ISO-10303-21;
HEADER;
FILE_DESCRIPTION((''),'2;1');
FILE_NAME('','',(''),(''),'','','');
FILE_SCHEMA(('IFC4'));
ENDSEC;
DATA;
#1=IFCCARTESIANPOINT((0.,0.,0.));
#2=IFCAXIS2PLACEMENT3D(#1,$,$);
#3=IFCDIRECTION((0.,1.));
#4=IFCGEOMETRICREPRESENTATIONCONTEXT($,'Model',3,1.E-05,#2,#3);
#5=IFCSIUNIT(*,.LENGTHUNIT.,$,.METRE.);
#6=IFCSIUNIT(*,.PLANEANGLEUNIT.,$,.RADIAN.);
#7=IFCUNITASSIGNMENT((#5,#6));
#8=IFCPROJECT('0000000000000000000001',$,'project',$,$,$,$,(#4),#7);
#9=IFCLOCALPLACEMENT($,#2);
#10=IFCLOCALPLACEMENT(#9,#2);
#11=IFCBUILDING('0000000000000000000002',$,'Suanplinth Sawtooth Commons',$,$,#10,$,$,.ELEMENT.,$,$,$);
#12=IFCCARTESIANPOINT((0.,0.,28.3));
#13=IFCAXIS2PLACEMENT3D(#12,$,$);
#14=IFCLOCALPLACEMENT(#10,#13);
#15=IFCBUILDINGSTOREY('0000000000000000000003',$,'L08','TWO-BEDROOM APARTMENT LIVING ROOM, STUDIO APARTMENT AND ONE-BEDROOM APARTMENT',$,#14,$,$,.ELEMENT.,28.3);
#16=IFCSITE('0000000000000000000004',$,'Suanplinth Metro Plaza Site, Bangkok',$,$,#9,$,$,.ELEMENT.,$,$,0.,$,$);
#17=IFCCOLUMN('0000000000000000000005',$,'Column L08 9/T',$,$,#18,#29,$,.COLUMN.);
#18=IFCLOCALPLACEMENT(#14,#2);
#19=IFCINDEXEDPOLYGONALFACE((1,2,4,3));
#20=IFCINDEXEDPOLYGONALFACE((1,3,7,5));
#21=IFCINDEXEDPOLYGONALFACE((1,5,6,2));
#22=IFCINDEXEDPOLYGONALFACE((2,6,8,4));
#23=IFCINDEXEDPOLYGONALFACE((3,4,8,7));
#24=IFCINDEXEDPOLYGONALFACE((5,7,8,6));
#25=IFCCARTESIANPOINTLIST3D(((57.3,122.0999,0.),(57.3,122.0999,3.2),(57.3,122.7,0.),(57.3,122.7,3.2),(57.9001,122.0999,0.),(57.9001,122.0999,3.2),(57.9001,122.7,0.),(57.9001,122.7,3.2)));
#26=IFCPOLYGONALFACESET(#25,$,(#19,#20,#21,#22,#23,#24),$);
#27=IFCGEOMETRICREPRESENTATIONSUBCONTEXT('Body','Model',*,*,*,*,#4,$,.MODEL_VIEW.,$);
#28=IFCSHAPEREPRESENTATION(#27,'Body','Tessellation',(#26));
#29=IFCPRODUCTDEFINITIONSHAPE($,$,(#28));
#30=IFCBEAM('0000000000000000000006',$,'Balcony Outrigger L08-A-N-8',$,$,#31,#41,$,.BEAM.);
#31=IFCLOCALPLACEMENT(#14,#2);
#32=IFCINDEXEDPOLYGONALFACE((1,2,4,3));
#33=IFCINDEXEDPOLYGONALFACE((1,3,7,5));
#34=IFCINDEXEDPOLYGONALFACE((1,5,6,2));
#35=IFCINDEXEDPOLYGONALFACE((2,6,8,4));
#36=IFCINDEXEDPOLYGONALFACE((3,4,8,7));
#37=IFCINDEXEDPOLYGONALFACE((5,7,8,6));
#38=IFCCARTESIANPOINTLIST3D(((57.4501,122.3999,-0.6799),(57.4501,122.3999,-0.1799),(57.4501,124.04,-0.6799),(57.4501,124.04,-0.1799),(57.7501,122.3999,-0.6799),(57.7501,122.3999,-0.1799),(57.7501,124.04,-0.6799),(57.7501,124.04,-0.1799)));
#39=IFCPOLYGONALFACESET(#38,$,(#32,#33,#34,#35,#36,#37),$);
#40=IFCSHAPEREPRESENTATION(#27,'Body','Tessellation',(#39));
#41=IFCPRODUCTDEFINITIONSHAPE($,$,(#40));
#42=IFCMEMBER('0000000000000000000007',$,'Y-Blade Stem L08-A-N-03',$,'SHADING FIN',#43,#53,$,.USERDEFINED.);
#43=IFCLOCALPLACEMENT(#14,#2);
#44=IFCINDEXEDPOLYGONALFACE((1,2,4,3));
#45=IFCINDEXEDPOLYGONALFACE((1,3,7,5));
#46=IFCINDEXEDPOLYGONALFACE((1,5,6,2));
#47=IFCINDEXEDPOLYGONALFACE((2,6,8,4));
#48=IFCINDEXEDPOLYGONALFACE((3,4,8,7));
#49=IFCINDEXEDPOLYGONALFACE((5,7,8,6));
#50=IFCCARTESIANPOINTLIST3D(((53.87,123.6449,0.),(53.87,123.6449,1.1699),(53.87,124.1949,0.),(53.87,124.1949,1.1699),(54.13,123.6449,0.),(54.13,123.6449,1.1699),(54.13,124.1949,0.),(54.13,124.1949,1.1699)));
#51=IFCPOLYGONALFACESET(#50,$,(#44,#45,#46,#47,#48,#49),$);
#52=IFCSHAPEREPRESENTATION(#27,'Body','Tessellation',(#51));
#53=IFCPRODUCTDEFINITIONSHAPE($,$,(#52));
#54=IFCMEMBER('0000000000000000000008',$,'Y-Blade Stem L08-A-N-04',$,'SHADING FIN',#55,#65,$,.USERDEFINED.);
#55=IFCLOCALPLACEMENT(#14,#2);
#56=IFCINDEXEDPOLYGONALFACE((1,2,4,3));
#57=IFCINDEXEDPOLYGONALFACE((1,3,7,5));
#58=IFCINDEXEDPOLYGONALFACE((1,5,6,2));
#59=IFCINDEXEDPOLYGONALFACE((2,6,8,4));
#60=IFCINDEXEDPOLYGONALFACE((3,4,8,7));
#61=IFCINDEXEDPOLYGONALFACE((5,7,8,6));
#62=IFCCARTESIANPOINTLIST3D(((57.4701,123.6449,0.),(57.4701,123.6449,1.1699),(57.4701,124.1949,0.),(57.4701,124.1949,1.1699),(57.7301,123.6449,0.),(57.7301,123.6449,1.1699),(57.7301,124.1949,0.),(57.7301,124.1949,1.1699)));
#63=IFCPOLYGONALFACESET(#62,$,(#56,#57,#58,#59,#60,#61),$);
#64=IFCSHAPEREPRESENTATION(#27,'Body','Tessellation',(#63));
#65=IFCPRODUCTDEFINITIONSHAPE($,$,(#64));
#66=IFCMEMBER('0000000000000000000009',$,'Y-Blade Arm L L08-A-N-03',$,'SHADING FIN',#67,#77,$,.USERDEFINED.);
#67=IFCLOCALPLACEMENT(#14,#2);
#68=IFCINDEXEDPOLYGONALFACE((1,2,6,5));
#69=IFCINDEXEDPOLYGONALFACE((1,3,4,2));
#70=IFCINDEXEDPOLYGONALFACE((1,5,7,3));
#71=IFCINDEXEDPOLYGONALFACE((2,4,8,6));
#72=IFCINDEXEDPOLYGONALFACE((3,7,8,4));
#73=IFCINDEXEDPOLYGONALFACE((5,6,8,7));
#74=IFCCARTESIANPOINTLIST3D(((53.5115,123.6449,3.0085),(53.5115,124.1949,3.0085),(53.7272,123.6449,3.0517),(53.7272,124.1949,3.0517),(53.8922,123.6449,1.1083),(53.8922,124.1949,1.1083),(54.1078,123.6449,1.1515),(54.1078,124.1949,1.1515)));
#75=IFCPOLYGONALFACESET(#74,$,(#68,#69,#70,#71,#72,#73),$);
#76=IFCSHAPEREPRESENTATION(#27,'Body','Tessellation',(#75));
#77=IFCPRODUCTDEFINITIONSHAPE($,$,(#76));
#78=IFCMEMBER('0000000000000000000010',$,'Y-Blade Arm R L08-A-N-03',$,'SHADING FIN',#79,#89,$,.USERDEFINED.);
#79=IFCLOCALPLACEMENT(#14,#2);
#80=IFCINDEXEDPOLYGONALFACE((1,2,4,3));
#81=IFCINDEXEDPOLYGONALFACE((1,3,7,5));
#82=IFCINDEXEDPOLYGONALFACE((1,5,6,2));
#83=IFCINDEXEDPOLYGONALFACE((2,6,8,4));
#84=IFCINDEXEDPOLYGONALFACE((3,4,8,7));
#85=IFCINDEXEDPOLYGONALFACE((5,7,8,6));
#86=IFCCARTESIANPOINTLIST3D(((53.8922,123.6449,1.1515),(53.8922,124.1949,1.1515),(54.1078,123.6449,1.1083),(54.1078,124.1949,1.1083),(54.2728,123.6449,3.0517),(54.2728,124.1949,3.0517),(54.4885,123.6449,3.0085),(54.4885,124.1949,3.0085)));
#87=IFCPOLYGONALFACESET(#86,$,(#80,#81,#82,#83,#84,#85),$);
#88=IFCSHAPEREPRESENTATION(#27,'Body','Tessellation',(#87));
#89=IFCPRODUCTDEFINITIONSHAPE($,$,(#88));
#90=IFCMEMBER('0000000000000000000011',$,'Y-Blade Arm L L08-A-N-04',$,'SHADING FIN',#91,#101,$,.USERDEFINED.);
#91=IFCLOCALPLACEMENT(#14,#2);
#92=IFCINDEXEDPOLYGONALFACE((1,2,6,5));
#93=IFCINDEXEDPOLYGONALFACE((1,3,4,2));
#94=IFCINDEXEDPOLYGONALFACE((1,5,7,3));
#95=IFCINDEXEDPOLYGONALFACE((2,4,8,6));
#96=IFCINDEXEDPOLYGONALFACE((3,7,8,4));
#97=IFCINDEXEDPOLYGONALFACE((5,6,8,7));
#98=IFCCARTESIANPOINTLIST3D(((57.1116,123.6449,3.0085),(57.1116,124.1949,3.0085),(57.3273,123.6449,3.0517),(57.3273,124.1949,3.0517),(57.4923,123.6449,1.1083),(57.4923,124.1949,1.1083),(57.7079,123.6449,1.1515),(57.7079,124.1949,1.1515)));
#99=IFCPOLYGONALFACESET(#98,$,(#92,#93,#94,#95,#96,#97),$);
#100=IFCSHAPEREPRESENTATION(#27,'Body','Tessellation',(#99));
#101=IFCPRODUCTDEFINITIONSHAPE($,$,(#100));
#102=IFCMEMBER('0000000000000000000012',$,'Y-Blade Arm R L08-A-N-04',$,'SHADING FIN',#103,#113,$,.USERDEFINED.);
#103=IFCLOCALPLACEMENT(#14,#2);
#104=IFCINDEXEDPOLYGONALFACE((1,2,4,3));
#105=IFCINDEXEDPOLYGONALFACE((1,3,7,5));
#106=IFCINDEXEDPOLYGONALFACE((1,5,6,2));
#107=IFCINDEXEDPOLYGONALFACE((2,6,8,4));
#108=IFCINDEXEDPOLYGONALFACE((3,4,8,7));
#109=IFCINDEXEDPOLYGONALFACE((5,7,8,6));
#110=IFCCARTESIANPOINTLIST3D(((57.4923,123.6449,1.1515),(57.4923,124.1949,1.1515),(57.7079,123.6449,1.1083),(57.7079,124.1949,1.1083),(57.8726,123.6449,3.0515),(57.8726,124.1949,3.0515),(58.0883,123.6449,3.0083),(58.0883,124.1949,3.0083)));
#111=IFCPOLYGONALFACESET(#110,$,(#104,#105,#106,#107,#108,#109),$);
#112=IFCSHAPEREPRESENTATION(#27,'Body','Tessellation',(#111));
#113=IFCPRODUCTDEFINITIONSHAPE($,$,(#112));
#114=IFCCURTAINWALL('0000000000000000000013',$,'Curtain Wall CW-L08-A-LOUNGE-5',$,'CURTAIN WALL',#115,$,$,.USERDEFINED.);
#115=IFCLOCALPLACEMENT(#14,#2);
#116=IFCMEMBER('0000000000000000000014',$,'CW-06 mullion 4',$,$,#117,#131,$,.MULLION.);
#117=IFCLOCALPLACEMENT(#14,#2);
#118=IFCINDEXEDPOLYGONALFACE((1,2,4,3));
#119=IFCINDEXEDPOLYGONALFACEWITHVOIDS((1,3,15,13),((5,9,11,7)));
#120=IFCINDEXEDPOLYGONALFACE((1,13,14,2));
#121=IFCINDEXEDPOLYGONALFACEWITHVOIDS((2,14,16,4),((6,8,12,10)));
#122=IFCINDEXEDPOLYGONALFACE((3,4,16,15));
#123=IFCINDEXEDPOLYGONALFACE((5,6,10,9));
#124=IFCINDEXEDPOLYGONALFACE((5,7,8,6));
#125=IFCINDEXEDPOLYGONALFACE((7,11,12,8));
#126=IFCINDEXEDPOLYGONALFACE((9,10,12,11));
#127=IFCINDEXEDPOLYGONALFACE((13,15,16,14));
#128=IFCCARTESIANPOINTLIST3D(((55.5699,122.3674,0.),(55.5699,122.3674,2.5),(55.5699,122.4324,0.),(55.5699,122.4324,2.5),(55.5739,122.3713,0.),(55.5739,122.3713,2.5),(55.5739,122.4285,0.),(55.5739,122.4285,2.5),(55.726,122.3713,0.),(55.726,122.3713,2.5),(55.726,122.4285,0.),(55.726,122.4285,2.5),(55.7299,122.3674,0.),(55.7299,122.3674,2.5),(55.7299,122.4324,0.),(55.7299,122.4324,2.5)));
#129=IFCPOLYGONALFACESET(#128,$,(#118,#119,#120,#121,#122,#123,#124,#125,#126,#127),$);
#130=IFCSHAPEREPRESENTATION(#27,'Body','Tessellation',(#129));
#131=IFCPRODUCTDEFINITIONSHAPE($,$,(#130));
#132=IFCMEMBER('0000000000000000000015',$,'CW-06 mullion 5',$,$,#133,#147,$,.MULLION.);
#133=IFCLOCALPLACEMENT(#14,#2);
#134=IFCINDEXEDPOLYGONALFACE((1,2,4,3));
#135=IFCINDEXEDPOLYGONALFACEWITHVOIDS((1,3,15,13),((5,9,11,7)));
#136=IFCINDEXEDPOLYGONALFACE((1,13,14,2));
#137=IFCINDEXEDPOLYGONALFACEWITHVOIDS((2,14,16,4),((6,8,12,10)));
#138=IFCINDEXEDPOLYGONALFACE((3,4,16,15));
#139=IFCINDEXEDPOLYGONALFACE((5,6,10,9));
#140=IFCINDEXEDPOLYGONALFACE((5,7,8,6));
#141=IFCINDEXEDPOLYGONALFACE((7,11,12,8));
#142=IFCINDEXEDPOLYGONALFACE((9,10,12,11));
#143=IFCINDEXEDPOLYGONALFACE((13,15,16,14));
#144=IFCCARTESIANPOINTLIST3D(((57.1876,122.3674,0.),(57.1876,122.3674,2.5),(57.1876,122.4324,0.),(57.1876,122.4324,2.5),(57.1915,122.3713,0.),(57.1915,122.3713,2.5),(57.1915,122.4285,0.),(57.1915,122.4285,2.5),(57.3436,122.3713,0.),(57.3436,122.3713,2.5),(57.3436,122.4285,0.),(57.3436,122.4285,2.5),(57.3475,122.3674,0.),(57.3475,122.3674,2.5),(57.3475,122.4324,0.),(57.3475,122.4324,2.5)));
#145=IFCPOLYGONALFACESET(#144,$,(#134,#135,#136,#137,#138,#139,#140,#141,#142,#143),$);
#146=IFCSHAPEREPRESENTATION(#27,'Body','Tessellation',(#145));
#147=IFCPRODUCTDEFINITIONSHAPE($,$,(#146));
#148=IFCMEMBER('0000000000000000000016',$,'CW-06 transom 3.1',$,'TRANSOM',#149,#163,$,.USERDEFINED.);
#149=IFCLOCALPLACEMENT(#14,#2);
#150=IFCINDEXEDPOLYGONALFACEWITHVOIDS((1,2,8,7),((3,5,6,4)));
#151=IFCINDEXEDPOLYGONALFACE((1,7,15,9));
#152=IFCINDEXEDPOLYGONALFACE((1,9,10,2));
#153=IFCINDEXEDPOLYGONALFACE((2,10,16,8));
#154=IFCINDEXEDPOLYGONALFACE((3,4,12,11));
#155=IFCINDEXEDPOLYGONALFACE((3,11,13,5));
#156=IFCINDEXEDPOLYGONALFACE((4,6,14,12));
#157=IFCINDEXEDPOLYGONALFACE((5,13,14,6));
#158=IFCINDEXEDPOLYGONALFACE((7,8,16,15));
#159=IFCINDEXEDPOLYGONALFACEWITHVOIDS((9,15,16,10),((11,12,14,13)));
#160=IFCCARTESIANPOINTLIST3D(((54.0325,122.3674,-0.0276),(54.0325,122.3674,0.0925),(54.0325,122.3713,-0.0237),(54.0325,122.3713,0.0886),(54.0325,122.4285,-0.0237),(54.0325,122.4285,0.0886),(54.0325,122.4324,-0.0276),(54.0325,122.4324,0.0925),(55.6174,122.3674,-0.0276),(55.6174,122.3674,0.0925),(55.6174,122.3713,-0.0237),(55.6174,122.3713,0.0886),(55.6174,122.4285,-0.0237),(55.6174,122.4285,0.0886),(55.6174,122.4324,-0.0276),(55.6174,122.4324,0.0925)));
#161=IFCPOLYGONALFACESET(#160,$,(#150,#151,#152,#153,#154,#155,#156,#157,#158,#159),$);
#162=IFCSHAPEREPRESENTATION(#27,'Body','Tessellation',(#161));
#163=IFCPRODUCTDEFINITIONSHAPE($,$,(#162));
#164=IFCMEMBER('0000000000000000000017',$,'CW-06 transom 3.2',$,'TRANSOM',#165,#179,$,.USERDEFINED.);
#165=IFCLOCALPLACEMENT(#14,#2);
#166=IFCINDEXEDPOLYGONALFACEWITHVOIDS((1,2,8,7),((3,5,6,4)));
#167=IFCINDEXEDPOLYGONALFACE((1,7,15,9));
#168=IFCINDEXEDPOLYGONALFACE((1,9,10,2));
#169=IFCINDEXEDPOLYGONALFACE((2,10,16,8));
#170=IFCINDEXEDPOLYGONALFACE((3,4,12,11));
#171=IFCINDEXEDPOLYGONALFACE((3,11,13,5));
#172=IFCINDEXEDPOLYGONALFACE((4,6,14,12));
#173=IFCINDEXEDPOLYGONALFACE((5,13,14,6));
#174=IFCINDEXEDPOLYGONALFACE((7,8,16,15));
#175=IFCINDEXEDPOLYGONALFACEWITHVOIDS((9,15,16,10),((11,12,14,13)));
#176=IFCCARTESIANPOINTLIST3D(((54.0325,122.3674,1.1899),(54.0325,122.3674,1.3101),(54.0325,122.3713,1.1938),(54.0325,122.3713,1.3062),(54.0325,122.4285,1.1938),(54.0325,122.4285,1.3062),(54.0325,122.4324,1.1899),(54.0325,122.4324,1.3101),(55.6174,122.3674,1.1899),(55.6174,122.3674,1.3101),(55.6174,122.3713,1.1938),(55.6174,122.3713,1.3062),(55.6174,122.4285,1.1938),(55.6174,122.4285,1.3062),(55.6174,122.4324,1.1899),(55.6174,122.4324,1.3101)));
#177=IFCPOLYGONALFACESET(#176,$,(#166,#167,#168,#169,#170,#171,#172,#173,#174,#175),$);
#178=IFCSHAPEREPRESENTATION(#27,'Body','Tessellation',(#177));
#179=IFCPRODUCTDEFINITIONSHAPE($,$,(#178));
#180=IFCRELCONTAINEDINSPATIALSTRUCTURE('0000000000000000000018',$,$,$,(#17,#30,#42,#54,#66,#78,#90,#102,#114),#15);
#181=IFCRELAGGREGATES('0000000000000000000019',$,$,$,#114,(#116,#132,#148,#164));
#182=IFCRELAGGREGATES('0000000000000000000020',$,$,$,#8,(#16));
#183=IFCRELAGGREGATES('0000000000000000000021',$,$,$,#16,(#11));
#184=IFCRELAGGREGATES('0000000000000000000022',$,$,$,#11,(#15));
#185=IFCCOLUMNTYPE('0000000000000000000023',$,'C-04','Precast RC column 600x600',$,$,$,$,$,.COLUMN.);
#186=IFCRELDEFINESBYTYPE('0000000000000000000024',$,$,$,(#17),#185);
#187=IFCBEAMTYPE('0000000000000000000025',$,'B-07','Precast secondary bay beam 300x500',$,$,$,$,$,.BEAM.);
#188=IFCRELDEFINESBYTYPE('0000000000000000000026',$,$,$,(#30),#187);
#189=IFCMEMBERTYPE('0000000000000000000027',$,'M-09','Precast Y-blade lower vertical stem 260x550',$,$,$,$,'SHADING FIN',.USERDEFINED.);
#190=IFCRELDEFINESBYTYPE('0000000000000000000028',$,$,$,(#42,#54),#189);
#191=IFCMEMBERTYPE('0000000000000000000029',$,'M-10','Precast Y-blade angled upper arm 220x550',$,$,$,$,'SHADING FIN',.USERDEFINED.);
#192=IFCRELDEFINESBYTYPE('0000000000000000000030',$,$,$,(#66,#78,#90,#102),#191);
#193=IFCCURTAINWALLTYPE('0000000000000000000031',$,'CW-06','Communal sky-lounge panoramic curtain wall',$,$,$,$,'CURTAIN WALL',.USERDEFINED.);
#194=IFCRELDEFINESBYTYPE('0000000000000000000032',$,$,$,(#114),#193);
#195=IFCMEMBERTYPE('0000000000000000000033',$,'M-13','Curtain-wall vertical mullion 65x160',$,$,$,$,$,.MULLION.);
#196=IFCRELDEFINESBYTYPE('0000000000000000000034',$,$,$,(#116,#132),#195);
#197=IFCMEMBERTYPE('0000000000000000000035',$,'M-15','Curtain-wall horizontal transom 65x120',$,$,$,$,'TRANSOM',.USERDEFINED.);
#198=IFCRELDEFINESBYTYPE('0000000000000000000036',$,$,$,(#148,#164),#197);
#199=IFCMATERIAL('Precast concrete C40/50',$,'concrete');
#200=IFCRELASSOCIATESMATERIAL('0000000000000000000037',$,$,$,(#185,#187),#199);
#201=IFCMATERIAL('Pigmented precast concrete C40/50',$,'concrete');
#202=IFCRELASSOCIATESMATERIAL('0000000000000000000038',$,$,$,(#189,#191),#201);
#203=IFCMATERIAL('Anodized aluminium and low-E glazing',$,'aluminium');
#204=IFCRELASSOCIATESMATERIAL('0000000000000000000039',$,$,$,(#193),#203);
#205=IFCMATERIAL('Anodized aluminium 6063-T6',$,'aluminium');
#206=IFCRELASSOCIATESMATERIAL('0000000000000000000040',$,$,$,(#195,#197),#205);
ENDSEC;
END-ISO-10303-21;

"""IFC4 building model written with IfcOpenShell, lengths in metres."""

from ifc_helpers import new_model, si_unit, direction, frame, origin, origin_2d, place, context, subcontext, project, spatial, rectangle, hollow_rectangle, extrude, material, material_profile, profile_set, type_object, element, aggregate, save


model = new_model("IFC4")

# Units and contexts
model_context = context("Model", 3, precision=1e-05, world=origin(), true_north=direction((0.0, 1.0)))
body_context = subcontext(model_context, "Body", "Model", "MODEL_VIEW")
ifc_project = project(units=[si_unit("LENGTHUNIT", "METRE"), si_unit("PLANEANGLEUNIT", "RADIAN")], contexts=[model_context])

# Site, building, storey
site_placement = place(None, origin())
site = spatial("IfcSite", under=ifc_project, at=site_placement, Name="Suanplinth Metro Plaza Site, Bangkok", CompositionType="ELEMENT", RefElevation=0.0)
building_placement = place(site_placement, origin())
building = spatial("IfcBuilding", under=site, at=building_placement, Name="Suanplinth Sawtooth Commons", CompositionType="ELEMENT")
storey_placement = place(building_placement, frame((0.0, 0.0, 28.3)))
storey = spatial("IfcBuildingStorey", under=building, at=storey_placement, Name="L08", Description="TWO-BEDROOM APARTMENT LIVING ROOM, STUDIO APARTMENT AND ONE-BEDROOM APARTMENT", CompositionType="ELEMENT", Elevation=28.3)

# Column
ifc_material_1 = material(Name="Precast concrete C40/50", Category="concrete")
ifc_material_profile_1 = material_profile(ifc_material_1, rectangle(XDim=0.6001, YDim=0.6001, at=origin_2d()), Name="PC-COL 600x600")
ifc_profile_set_1 = profile_set([ifc_material_profile_1], Name="Precast concrete C40/50")
column_type = type_object("IfcColumnType", Name="C-04", Description="Precast RC column 600x600", PredefinedType="COLUMN", material=ifc_profile_set_1)
column_placement = place(storey_placement, frame((57.6001, 122.3999, 0.0), z_axis=(0.0, 0.0, 1.0), x_axis=(1.0, 0.0, 0.0)))
element("IfcColumn", 1, at=column_placement, inside=storey, type_object=column_type, Name="Column L08 9/T", PredefinedType="COLUMN", context=body_context, shape_type="SweptSolid", body=[
    extrude(rectangle(XDim=0.6001, YDim=0.6001, at=origin_2d()), origin(), (0.0, 0.0, 1.0), 3.2),
])

# Beam
ifc_material_profile_2 = material_profile(ifc_material_1, rectangle(XDim=0.3, YDim=0.5, at=origin_2d()), Name="PC-BM 300x500")
ifc_profile_set_2 = profile_set([ifc_material_profile_2], Name="Precast concrete C40/50")
beam_type = type_object("IfcBeamType", Name="B-07", Description="Precast secondary bay beam 300x500", PredefinedType="BEAM", material=ifc_profile_set_2)
beam_placement = place(storey_placement, frame((57.6001, 122.3999, -0.4299), z_axis=(0.0, 1.0, 0.0), x_axis=(-1.0, 0.0, 0.0)))
element("IfcBeam", 2, at=beam_placement, inside=storey, type_object=beam_type, Name="Balcony Outrigger L08-A-N-8", PredefinedType="BEAM", context=body_context, shape_type="SweptSolid", body=[
    extrude(rectangle(XDim=0.3, YDim=0.5, at=origin_2d()), origin(), (0.0, 0.0, 1.0), 1.6401),
])

# Members
ifc_material_2 = material(Name="Pigmented precast concrete C40/50", Category="concrete")
ifc_material_profile_3 = material_profile(ifc_material_2, rectangle(XDim=0.26, YDim=0.55, at=origin_2d()), Name="PC-FIN 260x550")
ifc_profile_set_3 = profile_set([ifc_material_profile_3], Name="Pigmented precast concrete C40/50")
member_type_1 = type_object("IfcMemberType", Name="M-09", Description="Precast Y-blade lower vertical stem 260x550", ElementType="SHADING FIN", PredefinedType="USERDEFINED", material=ifc_profile_set_3)
for number, where, z_axis, x_axis, name in (
    (3, (54.0, 123.9199, 0.0), (0.0, 0.0, 1.0), (1.0, 0.0, 0.0), "Y-Blade Stem L08-A-N-03"),
    (4, (57.6001, 123.9199, 0.0), (0.0, 0.0, 1.0), (1.0, 0.0, 0.0), "Y-Blade Stem L08-A-N-04"),
):
    element("IfcMember", number, at=place(storey_placement, frame(where, z_axis=z_axis, x_axis=x_axis)), inside=storey, type_object=member_type_1, Name=name, ObjectType="SHADING FIN", PredefinedType="USERDEFINED", context=body_context, shape_type="SweptSolid", body=[
        extrude(rectangle(XDim=0.26, YDim=0.55, at=origin_2d()), origin(), (0.0, 0.0, 1.0), 1.1699),
    ])
ifc_material_profile_4 = material_profile(ifc_material_2, rectangle(XDim=0.22, YDim=0.55, at=origin_2d()), Name="PC-FIN 220x550")
ifc_profile_set_4 = profile_set([ifc_material_profile_4], Name="Pigmented precast concrete C40/50")
member_type_2 = type_object("IfcMemberType", Name="M-10", Description="Precast Y-blade angled upper arm 220x550", ElementType="SHADING FIN", PredefinedType="USERDEFINED", material=ifc_profile_set_4)
for number, where, z_axis, x_axis, name in (
    (5, (54.0, 123.9199, 1.1299), (-0.196407, 0.0, 0.980522), (0.980522, 0.0, 0.196407), "Y-Blade Arm L L08-A-N-03"),
    (6, (54.0, 123.9199, 1.1299), (0.196407, 0.0, 0.980522), (-0.980522, 0.0, 0.196407), "Y-Blade Arm R L08-A-N-03"),
    (7, (57.6001, 123.9199, 1.1299), (-0.196407, 0.0, 0.980522), (0.980522, 0.0, 0.196407), "Y-Blade Arm L L08-A-N-04"),
):
    element("IfcMember", number, at=place(storey_placement, frame(where, z_axis=z_axis, x_axis=x_axis)), inside=storey, type_object=member_type_2, Name=name, ObjectType="SHADING FIN", PredefinedType="USERDEFINED", context=body_context, shape_type="SweptSolid", body=[
        extrude(rectangle(XDim=0.22, YDim=0.55, at=origin_2d()), origin(), (0.0, 0.0, 1.0), 1.938),
    ])
member_1_placement = place(storey_placement, frame((57.6001, 123.9199, 1.1299), z_axis=(0.196286, 0.0, 0.980547), x_axis=(-0.980547, 0.0, 0.196286)))
element("IfcMember", 8, at=member_1_placement, inside=storey, type_object=member_type_2, Name="Y-Blade Arm R L08-A-N-04", ObjectType="SHADING FIN", PredefinedType="USERDEFINED", context=body_context, shape_type="SweptSolid", body=[
    extrude(rectangle(XDim=0.22, YDim=0.55, at=origin_2d()), origin(), (0.0, 0.0, 1.0), 1.9377),
])

# Curtain wall, members
ifc_material_3 = material(Name="Anodized aluminium and low-E glazing", Category="aluminium")
curtain_wall_type = type_object("IfcCurtainWallType", Name="CW-06", Description="Communal sky-lounge panoramic curtain wall", ElementType="CURTAIN WALL", PredefinedType="USERDEFINED", material=ifc_material_3)
curtain_wall_placement = place(storey_placement, origin())
curtain_wall = element("IfcCurtainWall", 9, at=curtain_wall_placement, inside=storey, type_object=curtain_wall_type, Name="Curtain Wall CW-L08-A-LOUNGE-5", ObjectType="CURTAIN WALL", PredefinedType="USERDEFINED")
ifc_material_4 = material(Name="Anodized aluminium 6063-T6", Category="aluminium")
ifc_material_profile_5 = material_profile(ifc_material_4, hollow_rectangle(XDim=0.0649, YDim=0.1599, WallThickness=0.0039, at=origin_2d()), Name="ALU-MUL 65x160")
ifc_profile_set_5 = profile_set([ifc_material_profile_5], Name="Anodized aluminium 6063-T6")
member_type_3 = type_object("IfcMemberType", Name="M-13", Description="Curtain-wall vertical mullion 65x160", PredefinedType="MULLION", material=ifc_profile_set_5)
member_2_placement = place(storey_placement, frame((55.6499, 122.3999, 0.0), z_axis=(0.0, 0.0, 1.0), x_axis=(0.0, 1.0, 0.0)))
member_2 = element("IfcMember", 10, at=member_2_placement, type_object=member_type_3, Name="CW-06 mullion 4", PredefinedType="MULLION", context=body_context, shape_type="SweptSolid", body=[
    extrude(hollow_rectangle(XDim=0.0649, YDim=0.1599, WallThickness=0.0039, at=origin_2d()), origin(), (0.0, 0.0, 1.0), 2.5),
])
member_3_placement = place(storey_placement, frame((57.2676, 122.3999, 0.0), z_axis=(0.0, 0.0, 1.0), x_axis=(0.0, 1.0, 0.0)))
member_3 = element("IfcMember", 11, at=member_3_placement, type_object=member_type_3, Name="CW-06 mullion 5", PredefinedType="MULLION", context=body_context, shape_type="SweptSolid", body=[
    extrude(hollow_rectangle(XDim=0.0649, YDim=0.1599, WallThickness=0.0039, at=origin_2d()), origin(), (0.0, 0.0, 1.0), 2.5),
])
ifc_material_profile_6 = material_profile(ifc_material_4, hollow_rectangle(XDim=0.0649, YDim=0.1201, WallThickness=0.0039, at=origin_2d()), Name="ALU-TRN 65x120")
ifc_profile_set_6 = profile_set([ifc_material_profile_6], Name="Anodized aluminium 6063-T6")
member_type_4 = type_object("IfcMemberType", Name="M-15", Description="Curtain-wall horizontal transom 65x120", ElementType="TRANSOM", PredefinedType="USERDEFINED", material=ifc_profile_set_6)
member_4_placement = place(storey_placement, frame((54.0325, 122.3999, 0.0325), z_axis=(1.0, 0.0, 0.0), x_axis=(0.0, 1.0, 0.0)))
member_4 = element("IfcMember", 12, at=member_4_placement, type_object=member_type_4, Name="CW-06 transom 3.1", ObjectType="TRANSOM", PredefinedType="USERDEFINED", context=body_context, shape_type="SweptSolid", body=[
    extrude(hollow_rectangle(XDim=0.0649, YDim=0.1201, WallThickness=0.0039, at=origin_2d()), origin(), (0.0, 0.0, 1.0), 1.585),
])
member_5_placement = place(storey_placement, frame((54.0325, 122.3999, 1.25), z_axis=(1.0, 0.0, 0.0), x_axis=(0.0, 1.0, 0.0)))
member_5 = element("IfcMember", 13, at=member_5_placement, type_object=member_type_4, Name="CW-06 transom 3.2", ObjectType="TRANSOM", PredefinedType="USERDEFINED", context=body_context, shape_type="SweptSolid", body=[
    extrude(hollow_rectangle(XDim=0.0649, YDim=0.1201, WallThickness=0.0039, at=origin_2d()), origin(), (0.0, 0.0, 1.0), 1.585),
])

aggregate(curtain_wall, [member_2, member_3, member_4, member_5])

save(model, "model.ifc")
